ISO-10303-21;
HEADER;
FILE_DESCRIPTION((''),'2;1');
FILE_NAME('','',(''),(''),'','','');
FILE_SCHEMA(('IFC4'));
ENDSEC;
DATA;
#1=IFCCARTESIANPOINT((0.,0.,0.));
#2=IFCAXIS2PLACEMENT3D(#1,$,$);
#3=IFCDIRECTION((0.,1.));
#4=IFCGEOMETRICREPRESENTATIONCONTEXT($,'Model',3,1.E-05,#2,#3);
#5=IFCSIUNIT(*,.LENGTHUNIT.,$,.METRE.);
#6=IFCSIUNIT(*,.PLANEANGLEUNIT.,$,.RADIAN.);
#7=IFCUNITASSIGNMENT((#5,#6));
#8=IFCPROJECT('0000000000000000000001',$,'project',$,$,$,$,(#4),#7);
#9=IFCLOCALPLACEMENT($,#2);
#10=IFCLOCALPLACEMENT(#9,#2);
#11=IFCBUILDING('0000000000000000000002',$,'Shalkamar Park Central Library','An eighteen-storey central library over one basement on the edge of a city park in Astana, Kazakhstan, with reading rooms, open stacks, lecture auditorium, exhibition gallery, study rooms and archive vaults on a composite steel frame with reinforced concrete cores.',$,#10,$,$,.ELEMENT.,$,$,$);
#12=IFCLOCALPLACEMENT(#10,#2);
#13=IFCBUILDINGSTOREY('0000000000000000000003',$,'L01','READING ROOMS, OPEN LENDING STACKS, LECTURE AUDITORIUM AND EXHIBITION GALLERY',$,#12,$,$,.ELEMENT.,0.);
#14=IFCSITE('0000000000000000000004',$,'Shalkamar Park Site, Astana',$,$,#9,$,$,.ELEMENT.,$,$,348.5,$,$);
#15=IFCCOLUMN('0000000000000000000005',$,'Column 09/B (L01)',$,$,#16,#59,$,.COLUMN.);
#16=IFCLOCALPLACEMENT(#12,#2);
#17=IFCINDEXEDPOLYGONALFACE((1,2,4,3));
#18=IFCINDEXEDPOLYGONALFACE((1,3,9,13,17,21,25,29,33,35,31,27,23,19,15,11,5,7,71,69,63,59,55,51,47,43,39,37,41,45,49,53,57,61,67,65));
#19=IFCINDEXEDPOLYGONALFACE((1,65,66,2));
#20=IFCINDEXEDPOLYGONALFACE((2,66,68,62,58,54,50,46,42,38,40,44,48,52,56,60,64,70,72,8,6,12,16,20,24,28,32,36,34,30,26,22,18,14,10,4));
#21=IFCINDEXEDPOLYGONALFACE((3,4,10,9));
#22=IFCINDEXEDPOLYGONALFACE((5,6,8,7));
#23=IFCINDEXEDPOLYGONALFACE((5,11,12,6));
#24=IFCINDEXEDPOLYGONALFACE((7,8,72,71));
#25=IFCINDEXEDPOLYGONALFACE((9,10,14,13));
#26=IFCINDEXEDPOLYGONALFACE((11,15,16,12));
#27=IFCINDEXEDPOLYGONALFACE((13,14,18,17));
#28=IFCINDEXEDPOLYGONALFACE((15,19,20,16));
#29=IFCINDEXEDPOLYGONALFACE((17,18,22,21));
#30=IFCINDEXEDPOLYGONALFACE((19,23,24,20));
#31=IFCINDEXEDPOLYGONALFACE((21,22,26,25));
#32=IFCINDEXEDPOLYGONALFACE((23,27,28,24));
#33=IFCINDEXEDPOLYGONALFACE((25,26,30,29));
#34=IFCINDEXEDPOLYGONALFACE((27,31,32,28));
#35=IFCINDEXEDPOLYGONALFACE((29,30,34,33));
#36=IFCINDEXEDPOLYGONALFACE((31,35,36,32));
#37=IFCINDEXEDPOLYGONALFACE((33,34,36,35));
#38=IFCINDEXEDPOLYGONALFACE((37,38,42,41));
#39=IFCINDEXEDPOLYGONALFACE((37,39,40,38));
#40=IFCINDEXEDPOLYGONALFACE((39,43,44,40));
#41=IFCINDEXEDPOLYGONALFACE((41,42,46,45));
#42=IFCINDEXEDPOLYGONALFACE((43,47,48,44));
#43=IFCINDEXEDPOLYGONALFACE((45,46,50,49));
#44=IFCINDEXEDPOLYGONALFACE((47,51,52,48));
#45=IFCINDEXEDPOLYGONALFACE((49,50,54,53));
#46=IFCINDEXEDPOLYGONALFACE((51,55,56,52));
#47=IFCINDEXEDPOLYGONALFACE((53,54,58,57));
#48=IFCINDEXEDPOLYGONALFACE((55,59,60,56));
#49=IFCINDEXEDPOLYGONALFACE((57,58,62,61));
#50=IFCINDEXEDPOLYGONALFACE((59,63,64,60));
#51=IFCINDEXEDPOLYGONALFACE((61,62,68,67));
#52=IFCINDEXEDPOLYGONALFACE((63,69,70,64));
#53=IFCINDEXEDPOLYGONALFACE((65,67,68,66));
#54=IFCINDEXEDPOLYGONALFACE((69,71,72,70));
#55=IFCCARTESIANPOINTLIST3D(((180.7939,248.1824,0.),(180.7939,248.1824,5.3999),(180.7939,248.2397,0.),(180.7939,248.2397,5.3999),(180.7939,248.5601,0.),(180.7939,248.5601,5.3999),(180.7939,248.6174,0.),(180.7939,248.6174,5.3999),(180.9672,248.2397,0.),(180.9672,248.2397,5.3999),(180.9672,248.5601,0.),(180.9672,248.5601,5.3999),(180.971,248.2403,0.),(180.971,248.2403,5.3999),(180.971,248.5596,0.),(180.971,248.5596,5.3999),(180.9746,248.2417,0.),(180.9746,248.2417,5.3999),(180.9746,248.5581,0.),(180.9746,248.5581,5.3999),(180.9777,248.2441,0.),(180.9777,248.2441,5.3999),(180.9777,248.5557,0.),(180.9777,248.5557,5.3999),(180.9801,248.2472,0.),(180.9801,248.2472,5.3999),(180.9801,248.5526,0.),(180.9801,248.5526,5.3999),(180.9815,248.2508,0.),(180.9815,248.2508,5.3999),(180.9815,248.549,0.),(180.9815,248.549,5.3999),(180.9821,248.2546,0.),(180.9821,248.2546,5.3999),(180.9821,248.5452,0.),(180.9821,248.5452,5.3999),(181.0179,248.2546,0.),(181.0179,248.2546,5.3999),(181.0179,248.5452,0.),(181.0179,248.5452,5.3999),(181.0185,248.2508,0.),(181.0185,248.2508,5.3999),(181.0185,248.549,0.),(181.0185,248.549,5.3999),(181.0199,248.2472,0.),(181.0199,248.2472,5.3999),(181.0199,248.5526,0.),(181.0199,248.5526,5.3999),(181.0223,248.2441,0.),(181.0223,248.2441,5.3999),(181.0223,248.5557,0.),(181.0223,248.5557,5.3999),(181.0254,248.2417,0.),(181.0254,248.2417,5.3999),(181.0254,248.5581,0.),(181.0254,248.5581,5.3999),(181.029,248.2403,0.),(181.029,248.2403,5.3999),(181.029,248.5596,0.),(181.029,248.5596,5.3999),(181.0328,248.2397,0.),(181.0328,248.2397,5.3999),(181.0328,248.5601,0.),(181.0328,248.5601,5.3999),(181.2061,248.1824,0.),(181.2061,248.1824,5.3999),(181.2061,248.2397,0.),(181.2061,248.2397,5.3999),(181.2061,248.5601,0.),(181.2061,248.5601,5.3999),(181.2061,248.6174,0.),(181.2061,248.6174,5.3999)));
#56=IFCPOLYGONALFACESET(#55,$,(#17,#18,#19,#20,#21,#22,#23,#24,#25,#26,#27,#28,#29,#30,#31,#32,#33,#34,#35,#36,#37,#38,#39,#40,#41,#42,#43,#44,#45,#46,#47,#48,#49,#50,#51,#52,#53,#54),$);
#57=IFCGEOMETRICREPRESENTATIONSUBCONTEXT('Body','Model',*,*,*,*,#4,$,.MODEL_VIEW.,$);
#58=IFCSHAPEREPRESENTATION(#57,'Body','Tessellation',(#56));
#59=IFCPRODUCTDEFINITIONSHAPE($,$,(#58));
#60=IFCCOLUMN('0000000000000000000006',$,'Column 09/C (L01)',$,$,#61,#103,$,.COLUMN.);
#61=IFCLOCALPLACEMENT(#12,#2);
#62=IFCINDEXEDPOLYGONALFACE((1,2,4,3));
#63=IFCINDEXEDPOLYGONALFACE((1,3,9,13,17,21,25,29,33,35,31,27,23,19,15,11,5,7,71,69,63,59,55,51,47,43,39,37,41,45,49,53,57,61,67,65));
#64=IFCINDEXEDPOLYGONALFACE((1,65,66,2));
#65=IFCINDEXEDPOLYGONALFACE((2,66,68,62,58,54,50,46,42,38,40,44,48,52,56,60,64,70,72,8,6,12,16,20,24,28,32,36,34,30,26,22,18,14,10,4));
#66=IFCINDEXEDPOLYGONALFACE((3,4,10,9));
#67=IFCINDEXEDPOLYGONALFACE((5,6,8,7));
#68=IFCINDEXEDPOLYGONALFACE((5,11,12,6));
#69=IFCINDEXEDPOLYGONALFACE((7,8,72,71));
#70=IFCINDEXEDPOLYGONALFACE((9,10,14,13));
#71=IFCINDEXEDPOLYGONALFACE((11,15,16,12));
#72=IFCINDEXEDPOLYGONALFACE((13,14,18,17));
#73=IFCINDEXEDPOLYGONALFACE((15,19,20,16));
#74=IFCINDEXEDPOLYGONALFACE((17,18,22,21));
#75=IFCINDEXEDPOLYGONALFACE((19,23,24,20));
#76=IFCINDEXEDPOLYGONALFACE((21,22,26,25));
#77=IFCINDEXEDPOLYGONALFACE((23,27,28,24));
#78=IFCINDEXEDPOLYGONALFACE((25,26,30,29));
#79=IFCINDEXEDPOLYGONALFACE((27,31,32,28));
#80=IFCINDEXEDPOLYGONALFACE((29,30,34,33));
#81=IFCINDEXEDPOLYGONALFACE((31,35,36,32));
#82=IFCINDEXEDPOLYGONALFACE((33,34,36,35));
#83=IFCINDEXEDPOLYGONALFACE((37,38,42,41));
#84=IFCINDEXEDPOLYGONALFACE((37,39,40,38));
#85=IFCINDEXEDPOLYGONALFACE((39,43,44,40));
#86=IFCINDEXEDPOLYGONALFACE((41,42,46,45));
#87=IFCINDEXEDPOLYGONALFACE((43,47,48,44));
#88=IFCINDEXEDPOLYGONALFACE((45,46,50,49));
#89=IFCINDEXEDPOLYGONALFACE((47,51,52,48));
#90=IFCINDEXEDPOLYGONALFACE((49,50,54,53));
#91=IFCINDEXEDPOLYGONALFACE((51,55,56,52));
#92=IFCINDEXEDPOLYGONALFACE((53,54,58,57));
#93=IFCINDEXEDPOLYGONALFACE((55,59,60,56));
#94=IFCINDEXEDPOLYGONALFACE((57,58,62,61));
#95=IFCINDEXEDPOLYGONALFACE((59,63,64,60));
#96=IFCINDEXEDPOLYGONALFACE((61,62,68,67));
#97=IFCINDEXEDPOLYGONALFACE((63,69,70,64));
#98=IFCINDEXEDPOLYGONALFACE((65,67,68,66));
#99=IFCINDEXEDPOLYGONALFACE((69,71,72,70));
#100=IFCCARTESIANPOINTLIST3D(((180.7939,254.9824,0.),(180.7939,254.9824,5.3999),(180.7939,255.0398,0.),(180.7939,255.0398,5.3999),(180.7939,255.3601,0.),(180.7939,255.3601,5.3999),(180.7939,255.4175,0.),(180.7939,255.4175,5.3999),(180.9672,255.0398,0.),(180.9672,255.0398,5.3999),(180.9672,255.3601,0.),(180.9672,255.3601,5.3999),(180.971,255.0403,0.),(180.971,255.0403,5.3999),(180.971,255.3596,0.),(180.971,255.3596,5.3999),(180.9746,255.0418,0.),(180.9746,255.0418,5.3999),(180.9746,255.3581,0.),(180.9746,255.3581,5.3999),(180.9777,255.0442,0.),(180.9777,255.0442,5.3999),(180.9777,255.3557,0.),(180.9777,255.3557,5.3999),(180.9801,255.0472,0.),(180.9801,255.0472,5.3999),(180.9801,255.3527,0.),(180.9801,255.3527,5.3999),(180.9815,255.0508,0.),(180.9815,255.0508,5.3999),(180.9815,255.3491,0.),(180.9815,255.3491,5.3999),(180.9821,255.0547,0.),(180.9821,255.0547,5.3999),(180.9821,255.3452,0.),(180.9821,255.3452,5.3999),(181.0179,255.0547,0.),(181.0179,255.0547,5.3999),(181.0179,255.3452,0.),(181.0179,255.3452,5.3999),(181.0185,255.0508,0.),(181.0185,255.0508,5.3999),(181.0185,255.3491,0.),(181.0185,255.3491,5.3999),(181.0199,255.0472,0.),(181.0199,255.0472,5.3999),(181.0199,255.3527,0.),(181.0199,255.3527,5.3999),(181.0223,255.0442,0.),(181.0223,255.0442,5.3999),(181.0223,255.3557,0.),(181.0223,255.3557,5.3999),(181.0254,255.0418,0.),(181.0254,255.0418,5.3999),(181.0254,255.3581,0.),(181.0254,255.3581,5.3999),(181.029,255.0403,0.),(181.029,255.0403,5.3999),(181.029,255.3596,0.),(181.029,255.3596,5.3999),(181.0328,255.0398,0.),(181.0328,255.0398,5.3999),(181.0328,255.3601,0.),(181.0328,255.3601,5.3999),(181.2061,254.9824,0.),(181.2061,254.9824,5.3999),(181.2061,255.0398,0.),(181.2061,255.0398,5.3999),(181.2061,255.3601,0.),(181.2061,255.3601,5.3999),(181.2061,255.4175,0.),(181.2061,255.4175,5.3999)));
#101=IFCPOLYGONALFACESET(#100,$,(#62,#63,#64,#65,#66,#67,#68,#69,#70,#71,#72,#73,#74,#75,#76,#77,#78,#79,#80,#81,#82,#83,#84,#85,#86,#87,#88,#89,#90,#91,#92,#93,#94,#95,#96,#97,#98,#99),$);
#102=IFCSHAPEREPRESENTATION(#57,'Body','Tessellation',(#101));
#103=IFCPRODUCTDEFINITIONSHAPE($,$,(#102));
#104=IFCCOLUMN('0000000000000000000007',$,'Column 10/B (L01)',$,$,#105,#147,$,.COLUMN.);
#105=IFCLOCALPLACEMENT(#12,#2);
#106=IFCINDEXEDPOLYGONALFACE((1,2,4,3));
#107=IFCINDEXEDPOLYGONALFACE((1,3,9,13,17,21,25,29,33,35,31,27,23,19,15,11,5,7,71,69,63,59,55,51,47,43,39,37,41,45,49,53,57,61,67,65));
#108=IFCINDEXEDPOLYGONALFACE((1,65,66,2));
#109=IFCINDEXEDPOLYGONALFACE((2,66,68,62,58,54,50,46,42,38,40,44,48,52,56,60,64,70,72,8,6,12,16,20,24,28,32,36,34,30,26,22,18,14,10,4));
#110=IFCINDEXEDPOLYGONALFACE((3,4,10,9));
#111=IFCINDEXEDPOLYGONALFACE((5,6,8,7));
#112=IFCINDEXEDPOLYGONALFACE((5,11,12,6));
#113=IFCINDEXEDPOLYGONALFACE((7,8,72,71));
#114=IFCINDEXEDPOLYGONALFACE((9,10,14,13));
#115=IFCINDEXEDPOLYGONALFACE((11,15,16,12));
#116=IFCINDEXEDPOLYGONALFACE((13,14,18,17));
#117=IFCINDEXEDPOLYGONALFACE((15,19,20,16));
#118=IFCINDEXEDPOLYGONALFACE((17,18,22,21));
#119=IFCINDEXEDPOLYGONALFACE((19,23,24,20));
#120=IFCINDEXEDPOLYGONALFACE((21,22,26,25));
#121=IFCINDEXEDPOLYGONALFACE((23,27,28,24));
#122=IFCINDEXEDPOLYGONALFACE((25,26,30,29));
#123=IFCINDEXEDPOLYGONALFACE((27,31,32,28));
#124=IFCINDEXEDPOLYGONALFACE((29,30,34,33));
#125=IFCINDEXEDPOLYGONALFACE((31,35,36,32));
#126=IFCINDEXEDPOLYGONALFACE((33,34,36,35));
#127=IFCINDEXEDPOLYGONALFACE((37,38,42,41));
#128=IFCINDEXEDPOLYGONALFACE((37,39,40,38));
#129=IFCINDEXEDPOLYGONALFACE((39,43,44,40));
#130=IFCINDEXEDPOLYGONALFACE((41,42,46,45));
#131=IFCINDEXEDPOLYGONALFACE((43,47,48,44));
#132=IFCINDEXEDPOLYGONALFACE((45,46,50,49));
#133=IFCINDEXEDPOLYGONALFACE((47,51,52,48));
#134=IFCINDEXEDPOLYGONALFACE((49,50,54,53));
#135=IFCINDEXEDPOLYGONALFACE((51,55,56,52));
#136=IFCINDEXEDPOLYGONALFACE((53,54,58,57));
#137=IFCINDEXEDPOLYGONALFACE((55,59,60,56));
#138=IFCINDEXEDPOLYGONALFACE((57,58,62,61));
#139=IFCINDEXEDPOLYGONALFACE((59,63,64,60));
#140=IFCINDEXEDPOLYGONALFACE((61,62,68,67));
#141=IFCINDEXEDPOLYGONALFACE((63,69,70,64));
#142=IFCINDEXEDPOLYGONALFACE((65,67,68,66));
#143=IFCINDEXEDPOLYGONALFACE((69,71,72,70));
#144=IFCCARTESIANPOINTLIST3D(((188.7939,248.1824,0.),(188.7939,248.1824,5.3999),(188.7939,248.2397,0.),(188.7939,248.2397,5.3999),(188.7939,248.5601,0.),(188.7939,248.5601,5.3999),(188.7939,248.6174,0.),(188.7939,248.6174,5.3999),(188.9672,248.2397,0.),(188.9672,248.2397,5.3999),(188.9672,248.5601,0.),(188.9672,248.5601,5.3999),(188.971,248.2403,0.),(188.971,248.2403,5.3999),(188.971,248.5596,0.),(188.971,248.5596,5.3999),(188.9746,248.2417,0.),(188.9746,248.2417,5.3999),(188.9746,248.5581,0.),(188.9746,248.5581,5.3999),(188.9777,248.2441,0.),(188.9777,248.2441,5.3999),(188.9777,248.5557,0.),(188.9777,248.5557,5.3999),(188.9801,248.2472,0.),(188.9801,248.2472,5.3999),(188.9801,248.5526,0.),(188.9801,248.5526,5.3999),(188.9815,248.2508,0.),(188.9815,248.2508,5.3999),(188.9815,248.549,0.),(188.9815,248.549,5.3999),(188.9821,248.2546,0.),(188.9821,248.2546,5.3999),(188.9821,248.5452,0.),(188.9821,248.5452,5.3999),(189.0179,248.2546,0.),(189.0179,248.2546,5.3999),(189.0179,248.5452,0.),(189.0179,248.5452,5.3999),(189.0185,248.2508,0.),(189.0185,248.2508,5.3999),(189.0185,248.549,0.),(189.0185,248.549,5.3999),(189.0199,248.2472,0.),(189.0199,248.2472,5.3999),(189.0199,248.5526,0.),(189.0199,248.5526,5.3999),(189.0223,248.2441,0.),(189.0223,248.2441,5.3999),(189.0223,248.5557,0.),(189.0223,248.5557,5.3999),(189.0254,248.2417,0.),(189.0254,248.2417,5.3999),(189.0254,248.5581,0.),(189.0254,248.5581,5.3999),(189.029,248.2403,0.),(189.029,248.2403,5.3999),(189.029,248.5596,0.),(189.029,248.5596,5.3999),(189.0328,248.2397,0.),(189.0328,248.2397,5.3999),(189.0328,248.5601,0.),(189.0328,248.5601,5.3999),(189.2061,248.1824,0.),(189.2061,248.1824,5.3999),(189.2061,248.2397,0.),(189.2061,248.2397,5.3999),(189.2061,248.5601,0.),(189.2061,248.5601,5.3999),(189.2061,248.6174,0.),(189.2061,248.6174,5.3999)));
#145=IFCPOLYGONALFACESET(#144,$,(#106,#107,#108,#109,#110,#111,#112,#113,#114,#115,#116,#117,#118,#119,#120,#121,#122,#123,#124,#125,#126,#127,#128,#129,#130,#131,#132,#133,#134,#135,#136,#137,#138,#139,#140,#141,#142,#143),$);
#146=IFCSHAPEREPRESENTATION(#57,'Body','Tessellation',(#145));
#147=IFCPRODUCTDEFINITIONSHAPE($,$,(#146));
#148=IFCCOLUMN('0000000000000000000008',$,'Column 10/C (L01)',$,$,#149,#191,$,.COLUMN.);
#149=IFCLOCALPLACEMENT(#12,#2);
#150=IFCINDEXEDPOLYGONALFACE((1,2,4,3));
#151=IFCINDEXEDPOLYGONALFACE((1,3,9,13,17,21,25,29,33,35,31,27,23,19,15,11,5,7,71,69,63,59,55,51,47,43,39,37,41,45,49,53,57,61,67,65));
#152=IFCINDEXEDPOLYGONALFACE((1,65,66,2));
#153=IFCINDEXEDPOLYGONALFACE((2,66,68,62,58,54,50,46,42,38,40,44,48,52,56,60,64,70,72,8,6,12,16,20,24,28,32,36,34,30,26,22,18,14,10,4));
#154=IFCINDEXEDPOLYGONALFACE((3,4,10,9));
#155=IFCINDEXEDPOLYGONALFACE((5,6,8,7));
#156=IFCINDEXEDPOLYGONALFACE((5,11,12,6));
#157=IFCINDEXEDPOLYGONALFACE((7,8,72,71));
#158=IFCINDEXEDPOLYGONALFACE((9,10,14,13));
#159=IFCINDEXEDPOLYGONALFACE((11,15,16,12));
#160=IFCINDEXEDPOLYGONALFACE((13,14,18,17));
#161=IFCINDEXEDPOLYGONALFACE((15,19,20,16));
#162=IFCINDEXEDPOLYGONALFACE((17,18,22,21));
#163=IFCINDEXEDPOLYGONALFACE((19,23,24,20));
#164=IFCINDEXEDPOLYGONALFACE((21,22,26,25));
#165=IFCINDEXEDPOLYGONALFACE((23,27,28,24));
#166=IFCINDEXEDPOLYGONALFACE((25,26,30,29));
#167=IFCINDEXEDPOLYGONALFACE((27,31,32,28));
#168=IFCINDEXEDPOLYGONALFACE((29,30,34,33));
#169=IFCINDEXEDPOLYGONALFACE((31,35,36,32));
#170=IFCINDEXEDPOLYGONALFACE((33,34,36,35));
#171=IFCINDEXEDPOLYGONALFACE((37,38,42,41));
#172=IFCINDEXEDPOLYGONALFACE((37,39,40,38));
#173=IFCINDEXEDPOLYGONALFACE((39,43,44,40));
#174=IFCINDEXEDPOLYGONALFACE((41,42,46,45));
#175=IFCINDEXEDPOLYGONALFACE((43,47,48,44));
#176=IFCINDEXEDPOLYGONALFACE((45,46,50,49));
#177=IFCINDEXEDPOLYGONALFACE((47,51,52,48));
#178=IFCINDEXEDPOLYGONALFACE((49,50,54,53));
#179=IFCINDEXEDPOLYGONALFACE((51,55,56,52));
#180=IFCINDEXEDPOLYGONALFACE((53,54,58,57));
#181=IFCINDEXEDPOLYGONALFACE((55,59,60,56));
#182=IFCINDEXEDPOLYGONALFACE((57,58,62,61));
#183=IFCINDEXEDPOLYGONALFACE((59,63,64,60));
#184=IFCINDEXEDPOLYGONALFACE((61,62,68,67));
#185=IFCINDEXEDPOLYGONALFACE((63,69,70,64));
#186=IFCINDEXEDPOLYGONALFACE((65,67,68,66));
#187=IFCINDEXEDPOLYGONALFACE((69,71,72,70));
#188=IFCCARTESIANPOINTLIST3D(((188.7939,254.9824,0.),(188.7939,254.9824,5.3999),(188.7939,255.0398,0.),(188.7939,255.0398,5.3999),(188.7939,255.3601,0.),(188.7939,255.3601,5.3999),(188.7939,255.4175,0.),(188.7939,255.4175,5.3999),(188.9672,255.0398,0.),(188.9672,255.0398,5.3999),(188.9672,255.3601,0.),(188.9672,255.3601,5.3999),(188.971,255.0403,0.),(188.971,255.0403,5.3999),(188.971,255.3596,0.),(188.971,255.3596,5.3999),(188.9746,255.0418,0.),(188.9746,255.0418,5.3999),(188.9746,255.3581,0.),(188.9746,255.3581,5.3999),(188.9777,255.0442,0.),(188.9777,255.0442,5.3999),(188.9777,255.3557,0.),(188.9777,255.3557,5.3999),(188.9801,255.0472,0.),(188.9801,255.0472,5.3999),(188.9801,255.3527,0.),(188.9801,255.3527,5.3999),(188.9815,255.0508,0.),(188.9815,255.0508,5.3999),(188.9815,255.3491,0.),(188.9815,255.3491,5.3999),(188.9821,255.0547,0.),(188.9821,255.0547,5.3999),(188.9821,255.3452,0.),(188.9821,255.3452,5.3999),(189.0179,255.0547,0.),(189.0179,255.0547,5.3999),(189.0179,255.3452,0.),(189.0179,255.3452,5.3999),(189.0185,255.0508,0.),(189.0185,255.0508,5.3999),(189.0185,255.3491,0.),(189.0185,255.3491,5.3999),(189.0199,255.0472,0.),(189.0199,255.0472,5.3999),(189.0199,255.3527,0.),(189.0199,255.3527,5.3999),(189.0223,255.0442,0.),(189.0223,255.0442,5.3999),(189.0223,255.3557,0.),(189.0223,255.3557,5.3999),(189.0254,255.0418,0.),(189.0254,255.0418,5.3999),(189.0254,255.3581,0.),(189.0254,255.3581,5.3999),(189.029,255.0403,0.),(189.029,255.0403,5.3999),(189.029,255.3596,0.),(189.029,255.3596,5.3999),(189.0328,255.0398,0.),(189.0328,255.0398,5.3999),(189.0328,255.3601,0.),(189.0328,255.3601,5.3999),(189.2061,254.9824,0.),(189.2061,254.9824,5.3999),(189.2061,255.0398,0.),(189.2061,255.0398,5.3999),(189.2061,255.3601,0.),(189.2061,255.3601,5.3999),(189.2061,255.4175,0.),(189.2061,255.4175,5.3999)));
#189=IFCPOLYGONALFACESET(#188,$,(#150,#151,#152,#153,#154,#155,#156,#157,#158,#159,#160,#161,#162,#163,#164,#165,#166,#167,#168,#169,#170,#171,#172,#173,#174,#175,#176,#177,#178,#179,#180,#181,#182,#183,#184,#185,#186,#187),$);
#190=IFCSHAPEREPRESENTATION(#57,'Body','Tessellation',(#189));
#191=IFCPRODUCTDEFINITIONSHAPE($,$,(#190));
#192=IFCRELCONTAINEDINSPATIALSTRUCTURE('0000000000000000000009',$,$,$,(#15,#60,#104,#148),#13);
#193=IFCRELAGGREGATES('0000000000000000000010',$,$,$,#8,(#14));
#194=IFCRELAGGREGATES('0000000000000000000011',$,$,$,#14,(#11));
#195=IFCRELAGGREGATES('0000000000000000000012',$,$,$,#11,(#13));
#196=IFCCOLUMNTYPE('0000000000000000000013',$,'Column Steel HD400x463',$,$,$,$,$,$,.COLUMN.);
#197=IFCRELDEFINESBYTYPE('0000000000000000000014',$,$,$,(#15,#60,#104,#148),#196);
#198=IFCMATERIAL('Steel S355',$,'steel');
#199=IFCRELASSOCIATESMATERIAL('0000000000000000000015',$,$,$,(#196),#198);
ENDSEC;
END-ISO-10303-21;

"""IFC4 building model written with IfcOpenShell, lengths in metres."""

from ifc_helpers import new_model, si_unit, direction, frame, origin, origin_2d, place, context, subcontext, project, spatial, i_section, extrude, material, material_profile, profile_set, type_object, element, save


model = new_model("IFC4")

# Units and contexts
model_context = context("Model", 3, precision=1e-05, world=origin(), true_north=direction((0.0, 1.0)))
body_context = subcontext(model_context, "Body", "Model", "MODEL_VIEW")
ifc_project = project(units=[si_unit("LENGTHUNIT", "METRE"), si_unit("PLANEANGLEUNIT", "RADIAN")], contexts=[model_context])

# Site, building, storey
site_placement = place(None, origin())
site = spatial("IfcSite", under=ifc_project, at=site_placement, Name="Shalkamar Park Site, Astana", CompositionType="ELEMENT", RefElevation=348.5)
building_placement = place(site_placement, origin())
building = spatial("IfcBuilding", under=site, at=building_placement, Name="Shalkamar Park Central Library", Description="An eighteen-storey central library over one basement on the edge of a city park in Astana, Kazakhstan, with reading rooms, open stacks, lecture auditorium, exhibition gallery, study rooms and archive vaults on a composite steel frame with reinforced concrete cores.", CompositionType="ELEMENT")
storey_placement = place(building_placement, origin())
storey = spatial("IfcBuildingStorey", under=building, at=storey_placement, Name="L01", Description="READING ROOMS, OPEN LENDING STACKS, LECTURE AUDITORIUM AND EXHIBITION GALLERY", CompositionType="ELEMENT", Elevation=0.0)

# Columns
ifc_material_1 = material(Name="Steel S355", Category="steel")
ifc_material_profile_1 = material_profile(ifc_material_1, i_section(OverallWidth=0.4121, OverallDepth=0.4351, WebThickness=0.0359, FlangeThickness=0.0574, FilletRadius=0.0149, at=origin_2d()), Name="HD 400x463")
ifc_profile_set_1 = profile_set([ifc_material_profile_1], Name="Steel S355")
column_type = type_object("IfcColumnType", Name="Column Steel HD400x463", PredefinedType="COLUMN", material=ifc_profile_set_1)
for number, where, z_axis, x_axis, name in (
    (1, (181.0, 248.3999, 0.0), (0.0, 0.0, 1.0), (1.0, 0.0, 0.0), "Column 09/B (L01)"),
    (2, (181.0, 255.2, 0.0), (0.0, 0.0, 1.0), (1.0, 0.0, 0.0), "Column 09/C (L01)"),
    (3, (189.0, 248.3999, 0.0), (0.0, 0.0, 1.0), (1.0, 0.0, 0.0), "Column 10/B (L01)"),
    (4, (189.0, 255.2, 0.0), (0.0, 0.0, 1.0), (1.0, 0.0, 0.0), "Column 10/C (L01)"),
):
    element("IfcColumn", number, at=place(storey_placement, frame(where, z_axis=z_axis, x_axis=x_axis)), inside=storey, type_object=column_type, Name=name, PredefinedType="COLUMN", context=body_context, shape_type="SweptSolid", body=[
        extrude(i_section(OverallWidth=0.4121, OverallDepth=0.4351, WebThickness=0.0359, FlangeThickness=0.0574, FilletRadius=0.0149, at=origin_2d()), origin(), (0.0, 0.0, 1.0), 5.3999),
    ])

save(model, "model.ifc")
